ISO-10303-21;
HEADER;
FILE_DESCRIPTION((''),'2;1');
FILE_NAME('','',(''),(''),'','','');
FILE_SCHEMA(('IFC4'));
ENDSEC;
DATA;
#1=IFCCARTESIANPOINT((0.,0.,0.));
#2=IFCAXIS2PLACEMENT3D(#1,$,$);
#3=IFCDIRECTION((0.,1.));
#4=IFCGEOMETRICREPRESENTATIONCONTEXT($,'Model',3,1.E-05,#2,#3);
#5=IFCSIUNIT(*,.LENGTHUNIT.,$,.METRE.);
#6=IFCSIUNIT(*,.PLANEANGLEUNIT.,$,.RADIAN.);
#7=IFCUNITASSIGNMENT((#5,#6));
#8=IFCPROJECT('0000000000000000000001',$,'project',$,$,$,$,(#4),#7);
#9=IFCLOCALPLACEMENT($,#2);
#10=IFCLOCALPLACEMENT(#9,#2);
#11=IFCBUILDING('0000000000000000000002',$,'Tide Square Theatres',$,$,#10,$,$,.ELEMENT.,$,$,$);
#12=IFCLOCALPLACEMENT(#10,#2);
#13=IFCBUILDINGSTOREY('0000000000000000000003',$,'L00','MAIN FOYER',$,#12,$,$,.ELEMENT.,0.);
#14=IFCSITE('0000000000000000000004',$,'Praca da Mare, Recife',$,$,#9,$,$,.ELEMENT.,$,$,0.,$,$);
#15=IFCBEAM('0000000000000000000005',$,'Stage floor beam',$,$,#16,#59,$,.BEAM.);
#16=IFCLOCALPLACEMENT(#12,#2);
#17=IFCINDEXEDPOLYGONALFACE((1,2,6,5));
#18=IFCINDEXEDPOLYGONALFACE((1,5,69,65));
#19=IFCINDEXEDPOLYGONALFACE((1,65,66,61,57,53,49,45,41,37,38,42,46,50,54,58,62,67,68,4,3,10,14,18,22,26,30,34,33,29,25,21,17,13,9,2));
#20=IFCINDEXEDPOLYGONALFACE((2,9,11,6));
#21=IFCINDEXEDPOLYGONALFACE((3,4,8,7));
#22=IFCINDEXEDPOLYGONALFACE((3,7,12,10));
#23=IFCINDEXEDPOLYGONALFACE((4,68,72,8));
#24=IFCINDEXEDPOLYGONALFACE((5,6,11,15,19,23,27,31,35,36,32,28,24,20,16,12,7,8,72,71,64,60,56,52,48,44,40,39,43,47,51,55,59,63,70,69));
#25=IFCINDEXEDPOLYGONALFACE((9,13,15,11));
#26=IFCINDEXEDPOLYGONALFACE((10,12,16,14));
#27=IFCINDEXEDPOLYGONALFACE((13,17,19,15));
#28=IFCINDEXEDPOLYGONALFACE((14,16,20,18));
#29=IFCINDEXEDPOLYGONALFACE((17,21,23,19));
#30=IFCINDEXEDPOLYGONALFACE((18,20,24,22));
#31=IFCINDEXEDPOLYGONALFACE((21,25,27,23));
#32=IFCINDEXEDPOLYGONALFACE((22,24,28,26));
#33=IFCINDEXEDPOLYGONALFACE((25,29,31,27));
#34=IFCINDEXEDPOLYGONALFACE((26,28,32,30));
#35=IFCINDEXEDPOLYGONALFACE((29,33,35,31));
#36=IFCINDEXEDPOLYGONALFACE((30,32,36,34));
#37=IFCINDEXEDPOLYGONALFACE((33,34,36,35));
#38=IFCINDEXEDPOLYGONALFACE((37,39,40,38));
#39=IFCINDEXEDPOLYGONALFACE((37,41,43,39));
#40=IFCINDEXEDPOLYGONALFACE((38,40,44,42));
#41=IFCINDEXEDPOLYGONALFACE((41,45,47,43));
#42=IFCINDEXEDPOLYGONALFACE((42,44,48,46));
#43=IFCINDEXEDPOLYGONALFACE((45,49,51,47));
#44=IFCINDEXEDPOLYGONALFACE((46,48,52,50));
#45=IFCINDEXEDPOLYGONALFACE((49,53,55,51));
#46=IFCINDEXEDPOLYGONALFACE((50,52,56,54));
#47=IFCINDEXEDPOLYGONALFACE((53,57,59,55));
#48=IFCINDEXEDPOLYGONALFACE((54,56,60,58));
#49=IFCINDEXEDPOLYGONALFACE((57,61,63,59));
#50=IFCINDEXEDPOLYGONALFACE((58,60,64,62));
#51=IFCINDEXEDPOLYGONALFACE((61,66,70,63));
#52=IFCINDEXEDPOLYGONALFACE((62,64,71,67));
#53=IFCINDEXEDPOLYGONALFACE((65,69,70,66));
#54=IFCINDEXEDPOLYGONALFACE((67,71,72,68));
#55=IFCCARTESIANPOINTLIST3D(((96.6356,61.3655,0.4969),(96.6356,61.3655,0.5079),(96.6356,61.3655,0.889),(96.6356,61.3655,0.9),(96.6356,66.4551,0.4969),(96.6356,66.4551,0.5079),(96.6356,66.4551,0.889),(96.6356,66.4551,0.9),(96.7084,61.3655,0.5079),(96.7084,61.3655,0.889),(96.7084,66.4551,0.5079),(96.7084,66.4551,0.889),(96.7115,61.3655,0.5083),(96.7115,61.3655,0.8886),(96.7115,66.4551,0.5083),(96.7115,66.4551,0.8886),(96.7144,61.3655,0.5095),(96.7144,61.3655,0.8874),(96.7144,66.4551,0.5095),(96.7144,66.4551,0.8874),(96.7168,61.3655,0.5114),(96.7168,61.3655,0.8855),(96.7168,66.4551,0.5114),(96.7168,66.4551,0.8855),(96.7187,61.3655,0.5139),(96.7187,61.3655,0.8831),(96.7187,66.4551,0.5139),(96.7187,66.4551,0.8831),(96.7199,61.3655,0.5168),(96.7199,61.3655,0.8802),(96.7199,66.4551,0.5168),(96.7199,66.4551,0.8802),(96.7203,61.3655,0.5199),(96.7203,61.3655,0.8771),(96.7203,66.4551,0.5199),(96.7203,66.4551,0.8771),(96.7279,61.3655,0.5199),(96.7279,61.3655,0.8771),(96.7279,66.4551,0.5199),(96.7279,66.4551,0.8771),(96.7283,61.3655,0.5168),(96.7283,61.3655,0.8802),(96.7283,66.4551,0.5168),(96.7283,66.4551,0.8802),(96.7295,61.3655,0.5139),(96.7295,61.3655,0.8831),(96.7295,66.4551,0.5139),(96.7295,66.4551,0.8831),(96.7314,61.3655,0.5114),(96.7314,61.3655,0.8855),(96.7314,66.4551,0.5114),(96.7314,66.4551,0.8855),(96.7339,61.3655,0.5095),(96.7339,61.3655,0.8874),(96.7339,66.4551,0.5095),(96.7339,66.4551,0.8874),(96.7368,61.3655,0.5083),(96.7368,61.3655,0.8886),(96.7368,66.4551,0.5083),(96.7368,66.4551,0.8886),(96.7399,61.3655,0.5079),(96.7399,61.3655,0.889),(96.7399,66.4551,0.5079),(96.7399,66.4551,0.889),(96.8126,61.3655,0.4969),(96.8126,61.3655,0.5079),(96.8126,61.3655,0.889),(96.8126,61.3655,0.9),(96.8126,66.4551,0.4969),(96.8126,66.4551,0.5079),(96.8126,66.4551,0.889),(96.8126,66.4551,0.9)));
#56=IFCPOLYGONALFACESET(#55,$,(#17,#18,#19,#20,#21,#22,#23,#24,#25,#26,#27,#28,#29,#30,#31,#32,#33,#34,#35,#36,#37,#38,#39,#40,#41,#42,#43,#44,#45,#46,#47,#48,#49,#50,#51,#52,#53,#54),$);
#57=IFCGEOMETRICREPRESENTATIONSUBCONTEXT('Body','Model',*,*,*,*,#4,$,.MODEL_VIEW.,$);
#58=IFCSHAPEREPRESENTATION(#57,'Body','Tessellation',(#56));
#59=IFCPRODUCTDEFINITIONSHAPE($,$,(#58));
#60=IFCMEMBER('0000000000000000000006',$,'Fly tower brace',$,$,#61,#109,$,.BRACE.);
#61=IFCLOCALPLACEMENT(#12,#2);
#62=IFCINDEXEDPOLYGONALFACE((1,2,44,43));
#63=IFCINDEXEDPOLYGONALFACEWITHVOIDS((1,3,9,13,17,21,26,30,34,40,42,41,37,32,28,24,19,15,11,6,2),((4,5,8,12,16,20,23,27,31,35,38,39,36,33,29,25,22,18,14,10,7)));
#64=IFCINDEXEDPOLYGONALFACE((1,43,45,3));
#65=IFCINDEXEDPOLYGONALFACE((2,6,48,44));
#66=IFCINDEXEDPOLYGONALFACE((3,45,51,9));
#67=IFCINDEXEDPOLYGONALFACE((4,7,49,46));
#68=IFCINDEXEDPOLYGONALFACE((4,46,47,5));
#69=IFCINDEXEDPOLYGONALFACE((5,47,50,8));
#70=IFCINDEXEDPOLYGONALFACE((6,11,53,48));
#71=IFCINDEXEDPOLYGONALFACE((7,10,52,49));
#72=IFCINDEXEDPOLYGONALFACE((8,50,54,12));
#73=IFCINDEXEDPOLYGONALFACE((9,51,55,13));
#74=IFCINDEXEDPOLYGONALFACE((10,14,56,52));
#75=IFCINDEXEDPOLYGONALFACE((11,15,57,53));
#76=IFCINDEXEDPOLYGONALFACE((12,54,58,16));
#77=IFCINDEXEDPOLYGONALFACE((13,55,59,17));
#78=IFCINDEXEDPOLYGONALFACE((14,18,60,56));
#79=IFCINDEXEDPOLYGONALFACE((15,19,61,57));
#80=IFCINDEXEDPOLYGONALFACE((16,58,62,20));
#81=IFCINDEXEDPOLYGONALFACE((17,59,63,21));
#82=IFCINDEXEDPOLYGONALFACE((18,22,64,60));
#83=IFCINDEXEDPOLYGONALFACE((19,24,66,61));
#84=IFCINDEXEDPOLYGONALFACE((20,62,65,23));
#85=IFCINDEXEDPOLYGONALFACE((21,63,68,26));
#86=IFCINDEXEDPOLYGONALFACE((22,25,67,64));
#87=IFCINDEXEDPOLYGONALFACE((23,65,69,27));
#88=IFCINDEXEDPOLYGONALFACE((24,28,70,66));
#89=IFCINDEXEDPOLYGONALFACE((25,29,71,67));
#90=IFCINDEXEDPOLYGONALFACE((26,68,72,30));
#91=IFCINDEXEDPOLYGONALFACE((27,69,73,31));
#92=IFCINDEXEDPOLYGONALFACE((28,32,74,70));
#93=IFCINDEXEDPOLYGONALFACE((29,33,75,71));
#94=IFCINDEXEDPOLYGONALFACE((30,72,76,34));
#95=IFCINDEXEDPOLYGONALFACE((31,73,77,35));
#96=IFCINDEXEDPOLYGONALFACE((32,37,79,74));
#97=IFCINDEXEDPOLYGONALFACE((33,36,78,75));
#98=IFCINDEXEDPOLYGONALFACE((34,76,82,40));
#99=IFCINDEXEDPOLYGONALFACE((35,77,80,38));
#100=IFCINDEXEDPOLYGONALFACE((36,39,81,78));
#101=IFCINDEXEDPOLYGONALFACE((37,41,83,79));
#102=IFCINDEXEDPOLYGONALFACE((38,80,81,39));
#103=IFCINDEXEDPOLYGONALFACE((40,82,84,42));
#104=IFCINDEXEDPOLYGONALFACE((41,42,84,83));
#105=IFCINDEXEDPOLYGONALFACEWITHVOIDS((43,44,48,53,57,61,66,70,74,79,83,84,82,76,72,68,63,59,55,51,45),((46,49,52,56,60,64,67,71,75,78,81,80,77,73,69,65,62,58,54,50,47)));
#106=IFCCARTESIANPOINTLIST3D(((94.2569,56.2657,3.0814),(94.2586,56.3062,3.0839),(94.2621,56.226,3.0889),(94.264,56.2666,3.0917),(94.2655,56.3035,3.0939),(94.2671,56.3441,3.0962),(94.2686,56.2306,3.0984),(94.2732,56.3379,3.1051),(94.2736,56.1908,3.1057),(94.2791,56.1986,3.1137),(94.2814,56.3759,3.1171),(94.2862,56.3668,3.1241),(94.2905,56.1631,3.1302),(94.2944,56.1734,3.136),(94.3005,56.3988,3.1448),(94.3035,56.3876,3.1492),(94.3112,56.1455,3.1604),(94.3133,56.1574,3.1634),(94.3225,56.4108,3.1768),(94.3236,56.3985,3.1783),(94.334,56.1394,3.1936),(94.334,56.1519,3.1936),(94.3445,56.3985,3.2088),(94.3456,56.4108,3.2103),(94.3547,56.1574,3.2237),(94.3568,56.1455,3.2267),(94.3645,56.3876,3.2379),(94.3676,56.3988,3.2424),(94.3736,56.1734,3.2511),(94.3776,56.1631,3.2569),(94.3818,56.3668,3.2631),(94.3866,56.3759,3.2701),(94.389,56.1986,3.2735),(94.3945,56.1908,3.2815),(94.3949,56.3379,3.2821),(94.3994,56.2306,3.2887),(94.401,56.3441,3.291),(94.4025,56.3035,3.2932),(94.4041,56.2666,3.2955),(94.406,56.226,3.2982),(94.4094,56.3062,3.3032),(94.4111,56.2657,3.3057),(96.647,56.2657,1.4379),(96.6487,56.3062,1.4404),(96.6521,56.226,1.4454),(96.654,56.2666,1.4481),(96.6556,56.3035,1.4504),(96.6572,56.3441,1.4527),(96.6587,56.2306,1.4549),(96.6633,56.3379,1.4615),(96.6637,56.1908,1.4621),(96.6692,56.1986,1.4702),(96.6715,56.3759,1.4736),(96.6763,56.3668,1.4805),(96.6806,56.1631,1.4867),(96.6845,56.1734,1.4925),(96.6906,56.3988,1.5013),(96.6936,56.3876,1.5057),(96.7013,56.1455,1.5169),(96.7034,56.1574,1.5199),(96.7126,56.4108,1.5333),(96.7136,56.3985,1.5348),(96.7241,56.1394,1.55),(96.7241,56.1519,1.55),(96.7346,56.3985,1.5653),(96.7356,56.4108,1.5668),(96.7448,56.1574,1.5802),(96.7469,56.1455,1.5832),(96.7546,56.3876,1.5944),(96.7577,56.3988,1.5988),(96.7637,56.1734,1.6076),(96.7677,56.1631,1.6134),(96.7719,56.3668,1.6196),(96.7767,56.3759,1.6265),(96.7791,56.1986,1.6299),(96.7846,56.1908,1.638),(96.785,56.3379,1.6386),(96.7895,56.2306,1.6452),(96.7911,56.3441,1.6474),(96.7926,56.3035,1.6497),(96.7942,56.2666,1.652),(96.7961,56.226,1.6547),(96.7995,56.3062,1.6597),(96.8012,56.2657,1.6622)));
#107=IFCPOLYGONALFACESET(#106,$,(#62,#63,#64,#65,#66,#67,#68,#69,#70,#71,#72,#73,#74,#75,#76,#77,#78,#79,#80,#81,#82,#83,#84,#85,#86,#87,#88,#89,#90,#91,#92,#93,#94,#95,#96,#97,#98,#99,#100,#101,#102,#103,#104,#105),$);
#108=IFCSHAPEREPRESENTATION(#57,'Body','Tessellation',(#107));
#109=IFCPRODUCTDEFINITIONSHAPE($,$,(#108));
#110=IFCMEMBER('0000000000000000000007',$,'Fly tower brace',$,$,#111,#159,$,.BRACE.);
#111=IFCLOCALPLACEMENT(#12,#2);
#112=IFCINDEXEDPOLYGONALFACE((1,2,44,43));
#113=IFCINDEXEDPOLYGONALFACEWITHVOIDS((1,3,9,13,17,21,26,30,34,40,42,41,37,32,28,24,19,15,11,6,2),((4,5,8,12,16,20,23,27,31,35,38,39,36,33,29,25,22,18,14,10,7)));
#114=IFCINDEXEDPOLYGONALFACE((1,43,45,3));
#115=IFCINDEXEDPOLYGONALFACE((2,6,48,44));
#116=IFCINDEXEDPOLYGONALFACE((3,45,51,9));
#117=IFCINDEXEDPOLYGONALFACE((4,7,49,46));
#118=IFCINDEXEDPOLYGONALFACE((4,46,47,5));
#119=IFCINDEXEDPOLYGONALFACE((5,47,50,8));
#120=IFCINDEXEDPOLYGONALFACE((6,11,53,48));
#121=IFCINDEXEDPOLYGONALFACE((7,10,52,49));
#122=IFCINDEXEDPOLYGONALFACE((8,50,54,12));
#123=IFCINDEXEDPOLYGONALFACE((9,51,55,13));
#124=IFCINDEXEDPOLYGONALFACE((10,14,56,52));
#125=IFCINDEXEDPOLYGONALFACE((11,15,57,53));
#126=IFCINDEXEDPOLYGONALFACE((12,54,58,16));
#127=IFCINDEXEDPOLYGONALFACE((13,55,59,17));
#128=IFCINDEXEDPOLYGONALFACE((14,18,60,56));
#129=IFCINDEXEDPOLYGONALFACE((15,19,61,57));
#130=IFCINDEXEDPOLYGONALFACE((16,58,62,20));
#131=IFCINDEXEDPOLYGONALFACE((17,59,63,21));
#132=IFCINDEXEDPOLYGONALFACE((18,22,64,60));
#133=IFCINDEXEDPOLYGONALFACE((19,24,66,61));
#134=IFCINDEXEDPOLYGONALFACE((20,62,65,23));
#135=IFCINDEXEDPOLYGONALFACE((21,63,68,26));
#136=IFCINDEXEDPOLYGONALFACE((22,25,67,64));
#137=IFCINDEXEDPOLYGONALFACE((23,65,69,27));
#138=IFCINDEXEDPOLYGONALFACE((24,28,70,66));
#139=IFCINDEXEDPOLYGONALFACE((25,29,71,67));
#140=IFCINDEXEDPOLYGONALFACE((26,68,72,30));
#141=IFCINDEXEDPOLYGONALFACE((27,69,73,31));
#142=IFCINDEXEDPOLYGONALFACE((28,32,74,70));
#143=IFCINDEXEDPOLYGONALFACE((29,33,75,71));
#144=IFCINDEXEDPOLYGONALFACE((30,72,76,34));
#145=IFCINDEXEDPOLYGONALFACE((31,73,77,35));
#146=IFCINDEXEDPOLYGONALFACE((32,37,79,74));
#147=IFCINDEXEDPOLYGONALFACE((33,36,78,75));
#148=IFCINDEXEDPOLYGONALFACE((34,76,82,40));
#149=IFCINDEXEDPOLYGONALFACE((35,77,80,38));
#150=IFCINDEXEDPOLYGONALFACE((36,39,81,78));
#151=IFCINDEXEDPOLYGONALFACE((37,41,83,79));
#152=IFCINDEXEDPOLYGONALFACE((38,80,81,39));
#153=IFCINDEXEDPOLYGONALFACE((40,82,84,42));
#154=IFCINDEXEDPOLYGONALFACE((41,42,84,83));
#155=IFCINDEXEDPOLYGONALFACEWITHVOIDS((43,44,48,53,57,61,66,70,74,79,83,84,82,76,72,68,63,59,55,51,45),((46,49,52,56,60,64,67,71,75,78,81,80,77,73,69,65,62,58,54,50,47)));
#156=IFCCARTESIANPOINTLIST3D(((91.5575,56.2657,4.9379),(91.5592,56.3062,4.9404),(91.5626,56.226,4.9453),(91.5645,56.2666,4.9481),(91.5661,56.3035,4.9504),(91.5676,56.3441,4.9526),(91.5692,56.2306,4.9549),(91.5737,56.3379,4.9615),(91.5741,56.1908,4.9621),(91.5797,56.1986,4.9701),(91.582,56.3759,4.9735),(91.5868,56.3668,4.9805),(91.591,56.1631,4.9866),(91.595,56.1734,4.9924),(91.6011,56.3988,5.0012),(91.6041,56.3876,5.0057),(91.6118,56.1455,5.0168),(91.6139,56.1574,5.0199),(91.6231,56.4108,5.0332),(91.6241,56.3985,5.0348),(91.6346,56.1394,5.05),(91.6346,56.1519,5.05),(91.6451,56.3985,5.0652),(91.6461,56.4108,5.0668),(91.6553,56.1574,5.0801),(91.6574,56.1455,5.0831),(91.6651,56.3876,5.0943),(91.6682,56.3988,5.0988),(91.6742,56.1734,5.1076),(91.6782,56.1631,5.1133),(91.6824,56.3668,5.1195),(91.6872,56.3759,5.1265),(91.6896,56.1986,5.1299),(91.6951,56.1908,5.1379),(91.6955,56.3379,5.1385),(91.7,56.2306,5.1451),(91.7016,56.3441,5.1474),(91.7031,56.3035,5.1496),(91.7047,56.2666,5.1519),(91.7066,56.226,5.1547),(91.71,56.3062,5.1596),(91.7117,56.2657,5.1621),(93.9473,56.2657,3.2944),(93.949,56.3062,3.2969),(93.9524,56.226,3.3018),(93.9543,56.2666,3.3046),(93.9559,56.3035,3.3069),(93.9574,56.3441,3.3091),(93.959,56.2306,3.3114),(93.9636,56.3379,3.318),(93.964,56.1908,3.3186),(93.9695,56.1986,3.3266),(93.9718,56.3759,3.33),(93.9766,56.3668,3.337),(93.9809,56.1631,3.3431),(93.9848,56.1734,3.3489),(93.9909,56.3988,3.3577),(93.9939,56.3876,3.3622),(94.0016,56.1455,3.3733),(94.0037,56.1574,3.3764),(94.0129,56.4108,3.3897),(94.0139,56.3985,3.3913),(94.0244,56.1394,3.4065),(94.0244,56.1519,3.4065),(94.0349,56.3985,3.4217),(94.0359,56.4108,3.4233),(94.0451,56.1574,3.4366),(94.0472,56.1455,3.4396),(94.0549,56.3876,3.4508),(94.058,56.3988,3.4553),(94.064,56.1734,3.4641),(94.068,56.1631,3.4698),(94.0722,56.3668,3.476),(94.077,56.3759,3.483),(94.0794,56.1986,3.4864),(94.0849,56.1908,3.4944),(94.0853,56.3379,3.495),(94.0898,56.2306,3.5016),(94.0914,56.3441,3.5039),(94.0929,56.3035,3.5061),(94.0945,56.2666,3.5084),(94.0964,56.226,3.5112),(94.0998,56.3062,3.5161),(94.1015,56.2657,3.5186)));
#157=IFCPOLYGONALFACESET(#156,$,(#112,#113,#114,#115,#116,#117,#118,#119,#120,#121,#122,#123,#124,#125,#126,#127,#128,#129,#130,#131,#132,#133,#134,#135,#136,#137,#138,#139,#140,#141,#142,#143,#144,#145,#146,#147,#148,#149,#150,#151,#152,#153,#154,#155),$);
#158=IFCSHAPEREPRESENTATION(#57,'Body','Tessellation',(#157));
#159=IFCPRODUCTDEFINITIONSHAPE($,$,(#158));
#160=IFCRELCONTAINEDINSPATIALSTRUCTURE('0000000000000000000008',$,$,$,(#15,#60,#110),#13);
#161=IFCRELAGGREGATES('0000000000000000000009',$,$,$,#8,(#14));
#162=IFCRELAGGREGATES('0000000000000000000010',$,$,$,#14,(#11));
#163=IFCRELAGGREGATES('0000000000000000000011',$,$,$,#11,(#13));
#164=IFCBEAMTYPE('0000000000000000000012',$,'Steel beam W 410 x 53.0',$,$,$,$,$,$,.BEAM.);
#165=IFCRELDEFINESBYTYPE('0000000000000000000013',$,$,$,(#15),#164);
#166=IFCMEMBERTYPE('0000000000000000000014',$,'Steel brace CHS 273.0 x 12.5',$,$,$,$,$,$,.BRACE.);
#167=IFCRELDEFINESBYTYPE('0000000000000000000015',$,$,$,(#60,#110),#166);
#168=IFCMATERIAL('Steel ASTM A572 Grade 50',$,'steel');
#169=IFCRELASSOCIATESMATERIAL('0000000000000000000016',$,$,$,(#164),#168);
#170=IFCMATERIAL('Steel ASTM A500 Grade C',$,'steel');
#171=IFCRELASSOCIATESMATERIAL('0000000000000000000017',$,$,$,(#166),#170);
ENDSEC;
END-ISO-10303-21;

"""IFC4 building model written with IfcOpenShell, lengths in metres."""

from ifc_helpers import new_model, si_unit, direction, frame, origin, origin_2d, place, context, subcontext, project, spatial, hollow_circle, i_section, extrude, material, material_profile, profile_set, type_object, element, save


model = new_model("IFC4")

# Units and contexts
model_context = context("Model", 3, precision=1e-05, world=origin(), true_north=direction((0.0, 1.0)))
body_context = subcontext(model_context, "Body", "Model", "MODEL_VIEW")
ifc_project = project(units=[si_unit("LENGTHUNIT", "METRE"), si_unit("PLANEANGLEUNIT", "RADIAN")], contexts=[model_context])

# Site, building, storey
site_placement = place(None, origin())
site = spatial("IfcSite", under=ifc_project, at=site_placement, Name="Praca da Mare, Recife", CompositionType="ELEMENT", RefElevation=0.0)
building_placement = place(site_placement, origin())
building = spatial("IfcBuilding", under=site, at=building_placement, Name="Tide Square Theatres", CompositionType="ELEMENT")
storey_placement = place(building_placement, origin())
storey = spatial("IfcBuildingStorey", under=building, at=storey_placement, Name="L00", Description="MAIN FOYER", CompositionType="ELEMENT", Elevation=0.0)

# Beam
ifc_material_1 = material(Name="Steel ASTM A572 Grade 50", Category="steel")
ifc_material_profile_1 = material_profile(ifc_material_1, i_section(OverallWidth=0.177, OverallDepth=0.4031, WebThickness=0.0076, FlangeThickness=0.011, FilletRadius=0.012, at=origin_2d()))
ifc_profile_set_1 = profile_set([ifc_material_profile_1], Name="Steel ASTM A572 Grade 50")
beam_type = type_object("IfcBeamType", Name="Steel beam W 410 x 53.0", PredefinedType="BEAM", material=ifc_profile_set_1)
for number, where, z_axis, x_axis, name in (
    (1, (96.7241, 61.3655, 0.6985), (0.0, 1.0, 0.0), (-1.0, 0.0, 0.0), "Stage floor beam"),
):
    element("IfcBeam", number, at=place(storey_placement, frame(where, z_axis=z_axis, x_axis=x_axis)), inside=storey, type_object=beam_type, Name=name, PredefinedType="BEAM", context=body_context, shape_type="SweptSolid", body=[
        extrude(i_section(OverallWidth=0.177, OverallDepth=0.4031, WebThickness=0.0076, FlangeThickness=0.011, FilletRadius=0.012, at=origin_2d()), origin(), (0.0, 0.0, 1.0), 5.0896),
    ])

# Members
ifc_material_2 = material(Name="Steel ASTM A500 Grade C", Category="steel")
ifc_material_profile_2 = material_profile(ifc_material_2, hollow_circle(Radius=0.1365, WallThickness=0.0125, at=origin_2d()))
ifc_profile_set_2 = profile_set([ifc_material_profile_2], Name="Steel ASTM A500 Grade C")
member_type = type_object("IfcMemberType", Name="Steel brace CHS 273.0 x 12.5", PredefinedType="BRACE", material=ifc_profile_set_2)
member_1_placement = place(storey_placement, frame((96.7241, 56.2759, 1.55), z_axis=(-0.823988, 0.0, 0.566607), x_axis=(0.0, -1.0, 0.0)))
element("IfcMember", 2, at=member_1_placement, inside=storey, type_object=member_type, Name="Fly tower brace", PredefinedType="BRACE", context=body_context, shape_type="SweptSolid", body=[
    extrude(hollow_circle(Radius=0.1365, WallThickness=0.0125, at=origin_2d()), origin(), (0.0, 0.0, 1.0), 2.9006),
])
member_2_placement = place(storey_placement, frame((94.0244, 56.2759, 3.4065), z_axis=(-0.823961, 0.0, 0.566647), x_axis=(0.0, -1.0, 0.0)))
element("IfcMember", 3, at=member_2_placement, inside=storey, type_object=member_type, Name="Fly tower brace", PredefinedType="BRACE", context=body_context, shape_type="SweptSolid", body=[
    extrude(hollow_circle(Radius=0.1365, WallThickness=0.0125, at=origin_2d()), origin(), (0.0, 0.0, 1.0), 2.9004),
])

save(model, "model.ifc")
